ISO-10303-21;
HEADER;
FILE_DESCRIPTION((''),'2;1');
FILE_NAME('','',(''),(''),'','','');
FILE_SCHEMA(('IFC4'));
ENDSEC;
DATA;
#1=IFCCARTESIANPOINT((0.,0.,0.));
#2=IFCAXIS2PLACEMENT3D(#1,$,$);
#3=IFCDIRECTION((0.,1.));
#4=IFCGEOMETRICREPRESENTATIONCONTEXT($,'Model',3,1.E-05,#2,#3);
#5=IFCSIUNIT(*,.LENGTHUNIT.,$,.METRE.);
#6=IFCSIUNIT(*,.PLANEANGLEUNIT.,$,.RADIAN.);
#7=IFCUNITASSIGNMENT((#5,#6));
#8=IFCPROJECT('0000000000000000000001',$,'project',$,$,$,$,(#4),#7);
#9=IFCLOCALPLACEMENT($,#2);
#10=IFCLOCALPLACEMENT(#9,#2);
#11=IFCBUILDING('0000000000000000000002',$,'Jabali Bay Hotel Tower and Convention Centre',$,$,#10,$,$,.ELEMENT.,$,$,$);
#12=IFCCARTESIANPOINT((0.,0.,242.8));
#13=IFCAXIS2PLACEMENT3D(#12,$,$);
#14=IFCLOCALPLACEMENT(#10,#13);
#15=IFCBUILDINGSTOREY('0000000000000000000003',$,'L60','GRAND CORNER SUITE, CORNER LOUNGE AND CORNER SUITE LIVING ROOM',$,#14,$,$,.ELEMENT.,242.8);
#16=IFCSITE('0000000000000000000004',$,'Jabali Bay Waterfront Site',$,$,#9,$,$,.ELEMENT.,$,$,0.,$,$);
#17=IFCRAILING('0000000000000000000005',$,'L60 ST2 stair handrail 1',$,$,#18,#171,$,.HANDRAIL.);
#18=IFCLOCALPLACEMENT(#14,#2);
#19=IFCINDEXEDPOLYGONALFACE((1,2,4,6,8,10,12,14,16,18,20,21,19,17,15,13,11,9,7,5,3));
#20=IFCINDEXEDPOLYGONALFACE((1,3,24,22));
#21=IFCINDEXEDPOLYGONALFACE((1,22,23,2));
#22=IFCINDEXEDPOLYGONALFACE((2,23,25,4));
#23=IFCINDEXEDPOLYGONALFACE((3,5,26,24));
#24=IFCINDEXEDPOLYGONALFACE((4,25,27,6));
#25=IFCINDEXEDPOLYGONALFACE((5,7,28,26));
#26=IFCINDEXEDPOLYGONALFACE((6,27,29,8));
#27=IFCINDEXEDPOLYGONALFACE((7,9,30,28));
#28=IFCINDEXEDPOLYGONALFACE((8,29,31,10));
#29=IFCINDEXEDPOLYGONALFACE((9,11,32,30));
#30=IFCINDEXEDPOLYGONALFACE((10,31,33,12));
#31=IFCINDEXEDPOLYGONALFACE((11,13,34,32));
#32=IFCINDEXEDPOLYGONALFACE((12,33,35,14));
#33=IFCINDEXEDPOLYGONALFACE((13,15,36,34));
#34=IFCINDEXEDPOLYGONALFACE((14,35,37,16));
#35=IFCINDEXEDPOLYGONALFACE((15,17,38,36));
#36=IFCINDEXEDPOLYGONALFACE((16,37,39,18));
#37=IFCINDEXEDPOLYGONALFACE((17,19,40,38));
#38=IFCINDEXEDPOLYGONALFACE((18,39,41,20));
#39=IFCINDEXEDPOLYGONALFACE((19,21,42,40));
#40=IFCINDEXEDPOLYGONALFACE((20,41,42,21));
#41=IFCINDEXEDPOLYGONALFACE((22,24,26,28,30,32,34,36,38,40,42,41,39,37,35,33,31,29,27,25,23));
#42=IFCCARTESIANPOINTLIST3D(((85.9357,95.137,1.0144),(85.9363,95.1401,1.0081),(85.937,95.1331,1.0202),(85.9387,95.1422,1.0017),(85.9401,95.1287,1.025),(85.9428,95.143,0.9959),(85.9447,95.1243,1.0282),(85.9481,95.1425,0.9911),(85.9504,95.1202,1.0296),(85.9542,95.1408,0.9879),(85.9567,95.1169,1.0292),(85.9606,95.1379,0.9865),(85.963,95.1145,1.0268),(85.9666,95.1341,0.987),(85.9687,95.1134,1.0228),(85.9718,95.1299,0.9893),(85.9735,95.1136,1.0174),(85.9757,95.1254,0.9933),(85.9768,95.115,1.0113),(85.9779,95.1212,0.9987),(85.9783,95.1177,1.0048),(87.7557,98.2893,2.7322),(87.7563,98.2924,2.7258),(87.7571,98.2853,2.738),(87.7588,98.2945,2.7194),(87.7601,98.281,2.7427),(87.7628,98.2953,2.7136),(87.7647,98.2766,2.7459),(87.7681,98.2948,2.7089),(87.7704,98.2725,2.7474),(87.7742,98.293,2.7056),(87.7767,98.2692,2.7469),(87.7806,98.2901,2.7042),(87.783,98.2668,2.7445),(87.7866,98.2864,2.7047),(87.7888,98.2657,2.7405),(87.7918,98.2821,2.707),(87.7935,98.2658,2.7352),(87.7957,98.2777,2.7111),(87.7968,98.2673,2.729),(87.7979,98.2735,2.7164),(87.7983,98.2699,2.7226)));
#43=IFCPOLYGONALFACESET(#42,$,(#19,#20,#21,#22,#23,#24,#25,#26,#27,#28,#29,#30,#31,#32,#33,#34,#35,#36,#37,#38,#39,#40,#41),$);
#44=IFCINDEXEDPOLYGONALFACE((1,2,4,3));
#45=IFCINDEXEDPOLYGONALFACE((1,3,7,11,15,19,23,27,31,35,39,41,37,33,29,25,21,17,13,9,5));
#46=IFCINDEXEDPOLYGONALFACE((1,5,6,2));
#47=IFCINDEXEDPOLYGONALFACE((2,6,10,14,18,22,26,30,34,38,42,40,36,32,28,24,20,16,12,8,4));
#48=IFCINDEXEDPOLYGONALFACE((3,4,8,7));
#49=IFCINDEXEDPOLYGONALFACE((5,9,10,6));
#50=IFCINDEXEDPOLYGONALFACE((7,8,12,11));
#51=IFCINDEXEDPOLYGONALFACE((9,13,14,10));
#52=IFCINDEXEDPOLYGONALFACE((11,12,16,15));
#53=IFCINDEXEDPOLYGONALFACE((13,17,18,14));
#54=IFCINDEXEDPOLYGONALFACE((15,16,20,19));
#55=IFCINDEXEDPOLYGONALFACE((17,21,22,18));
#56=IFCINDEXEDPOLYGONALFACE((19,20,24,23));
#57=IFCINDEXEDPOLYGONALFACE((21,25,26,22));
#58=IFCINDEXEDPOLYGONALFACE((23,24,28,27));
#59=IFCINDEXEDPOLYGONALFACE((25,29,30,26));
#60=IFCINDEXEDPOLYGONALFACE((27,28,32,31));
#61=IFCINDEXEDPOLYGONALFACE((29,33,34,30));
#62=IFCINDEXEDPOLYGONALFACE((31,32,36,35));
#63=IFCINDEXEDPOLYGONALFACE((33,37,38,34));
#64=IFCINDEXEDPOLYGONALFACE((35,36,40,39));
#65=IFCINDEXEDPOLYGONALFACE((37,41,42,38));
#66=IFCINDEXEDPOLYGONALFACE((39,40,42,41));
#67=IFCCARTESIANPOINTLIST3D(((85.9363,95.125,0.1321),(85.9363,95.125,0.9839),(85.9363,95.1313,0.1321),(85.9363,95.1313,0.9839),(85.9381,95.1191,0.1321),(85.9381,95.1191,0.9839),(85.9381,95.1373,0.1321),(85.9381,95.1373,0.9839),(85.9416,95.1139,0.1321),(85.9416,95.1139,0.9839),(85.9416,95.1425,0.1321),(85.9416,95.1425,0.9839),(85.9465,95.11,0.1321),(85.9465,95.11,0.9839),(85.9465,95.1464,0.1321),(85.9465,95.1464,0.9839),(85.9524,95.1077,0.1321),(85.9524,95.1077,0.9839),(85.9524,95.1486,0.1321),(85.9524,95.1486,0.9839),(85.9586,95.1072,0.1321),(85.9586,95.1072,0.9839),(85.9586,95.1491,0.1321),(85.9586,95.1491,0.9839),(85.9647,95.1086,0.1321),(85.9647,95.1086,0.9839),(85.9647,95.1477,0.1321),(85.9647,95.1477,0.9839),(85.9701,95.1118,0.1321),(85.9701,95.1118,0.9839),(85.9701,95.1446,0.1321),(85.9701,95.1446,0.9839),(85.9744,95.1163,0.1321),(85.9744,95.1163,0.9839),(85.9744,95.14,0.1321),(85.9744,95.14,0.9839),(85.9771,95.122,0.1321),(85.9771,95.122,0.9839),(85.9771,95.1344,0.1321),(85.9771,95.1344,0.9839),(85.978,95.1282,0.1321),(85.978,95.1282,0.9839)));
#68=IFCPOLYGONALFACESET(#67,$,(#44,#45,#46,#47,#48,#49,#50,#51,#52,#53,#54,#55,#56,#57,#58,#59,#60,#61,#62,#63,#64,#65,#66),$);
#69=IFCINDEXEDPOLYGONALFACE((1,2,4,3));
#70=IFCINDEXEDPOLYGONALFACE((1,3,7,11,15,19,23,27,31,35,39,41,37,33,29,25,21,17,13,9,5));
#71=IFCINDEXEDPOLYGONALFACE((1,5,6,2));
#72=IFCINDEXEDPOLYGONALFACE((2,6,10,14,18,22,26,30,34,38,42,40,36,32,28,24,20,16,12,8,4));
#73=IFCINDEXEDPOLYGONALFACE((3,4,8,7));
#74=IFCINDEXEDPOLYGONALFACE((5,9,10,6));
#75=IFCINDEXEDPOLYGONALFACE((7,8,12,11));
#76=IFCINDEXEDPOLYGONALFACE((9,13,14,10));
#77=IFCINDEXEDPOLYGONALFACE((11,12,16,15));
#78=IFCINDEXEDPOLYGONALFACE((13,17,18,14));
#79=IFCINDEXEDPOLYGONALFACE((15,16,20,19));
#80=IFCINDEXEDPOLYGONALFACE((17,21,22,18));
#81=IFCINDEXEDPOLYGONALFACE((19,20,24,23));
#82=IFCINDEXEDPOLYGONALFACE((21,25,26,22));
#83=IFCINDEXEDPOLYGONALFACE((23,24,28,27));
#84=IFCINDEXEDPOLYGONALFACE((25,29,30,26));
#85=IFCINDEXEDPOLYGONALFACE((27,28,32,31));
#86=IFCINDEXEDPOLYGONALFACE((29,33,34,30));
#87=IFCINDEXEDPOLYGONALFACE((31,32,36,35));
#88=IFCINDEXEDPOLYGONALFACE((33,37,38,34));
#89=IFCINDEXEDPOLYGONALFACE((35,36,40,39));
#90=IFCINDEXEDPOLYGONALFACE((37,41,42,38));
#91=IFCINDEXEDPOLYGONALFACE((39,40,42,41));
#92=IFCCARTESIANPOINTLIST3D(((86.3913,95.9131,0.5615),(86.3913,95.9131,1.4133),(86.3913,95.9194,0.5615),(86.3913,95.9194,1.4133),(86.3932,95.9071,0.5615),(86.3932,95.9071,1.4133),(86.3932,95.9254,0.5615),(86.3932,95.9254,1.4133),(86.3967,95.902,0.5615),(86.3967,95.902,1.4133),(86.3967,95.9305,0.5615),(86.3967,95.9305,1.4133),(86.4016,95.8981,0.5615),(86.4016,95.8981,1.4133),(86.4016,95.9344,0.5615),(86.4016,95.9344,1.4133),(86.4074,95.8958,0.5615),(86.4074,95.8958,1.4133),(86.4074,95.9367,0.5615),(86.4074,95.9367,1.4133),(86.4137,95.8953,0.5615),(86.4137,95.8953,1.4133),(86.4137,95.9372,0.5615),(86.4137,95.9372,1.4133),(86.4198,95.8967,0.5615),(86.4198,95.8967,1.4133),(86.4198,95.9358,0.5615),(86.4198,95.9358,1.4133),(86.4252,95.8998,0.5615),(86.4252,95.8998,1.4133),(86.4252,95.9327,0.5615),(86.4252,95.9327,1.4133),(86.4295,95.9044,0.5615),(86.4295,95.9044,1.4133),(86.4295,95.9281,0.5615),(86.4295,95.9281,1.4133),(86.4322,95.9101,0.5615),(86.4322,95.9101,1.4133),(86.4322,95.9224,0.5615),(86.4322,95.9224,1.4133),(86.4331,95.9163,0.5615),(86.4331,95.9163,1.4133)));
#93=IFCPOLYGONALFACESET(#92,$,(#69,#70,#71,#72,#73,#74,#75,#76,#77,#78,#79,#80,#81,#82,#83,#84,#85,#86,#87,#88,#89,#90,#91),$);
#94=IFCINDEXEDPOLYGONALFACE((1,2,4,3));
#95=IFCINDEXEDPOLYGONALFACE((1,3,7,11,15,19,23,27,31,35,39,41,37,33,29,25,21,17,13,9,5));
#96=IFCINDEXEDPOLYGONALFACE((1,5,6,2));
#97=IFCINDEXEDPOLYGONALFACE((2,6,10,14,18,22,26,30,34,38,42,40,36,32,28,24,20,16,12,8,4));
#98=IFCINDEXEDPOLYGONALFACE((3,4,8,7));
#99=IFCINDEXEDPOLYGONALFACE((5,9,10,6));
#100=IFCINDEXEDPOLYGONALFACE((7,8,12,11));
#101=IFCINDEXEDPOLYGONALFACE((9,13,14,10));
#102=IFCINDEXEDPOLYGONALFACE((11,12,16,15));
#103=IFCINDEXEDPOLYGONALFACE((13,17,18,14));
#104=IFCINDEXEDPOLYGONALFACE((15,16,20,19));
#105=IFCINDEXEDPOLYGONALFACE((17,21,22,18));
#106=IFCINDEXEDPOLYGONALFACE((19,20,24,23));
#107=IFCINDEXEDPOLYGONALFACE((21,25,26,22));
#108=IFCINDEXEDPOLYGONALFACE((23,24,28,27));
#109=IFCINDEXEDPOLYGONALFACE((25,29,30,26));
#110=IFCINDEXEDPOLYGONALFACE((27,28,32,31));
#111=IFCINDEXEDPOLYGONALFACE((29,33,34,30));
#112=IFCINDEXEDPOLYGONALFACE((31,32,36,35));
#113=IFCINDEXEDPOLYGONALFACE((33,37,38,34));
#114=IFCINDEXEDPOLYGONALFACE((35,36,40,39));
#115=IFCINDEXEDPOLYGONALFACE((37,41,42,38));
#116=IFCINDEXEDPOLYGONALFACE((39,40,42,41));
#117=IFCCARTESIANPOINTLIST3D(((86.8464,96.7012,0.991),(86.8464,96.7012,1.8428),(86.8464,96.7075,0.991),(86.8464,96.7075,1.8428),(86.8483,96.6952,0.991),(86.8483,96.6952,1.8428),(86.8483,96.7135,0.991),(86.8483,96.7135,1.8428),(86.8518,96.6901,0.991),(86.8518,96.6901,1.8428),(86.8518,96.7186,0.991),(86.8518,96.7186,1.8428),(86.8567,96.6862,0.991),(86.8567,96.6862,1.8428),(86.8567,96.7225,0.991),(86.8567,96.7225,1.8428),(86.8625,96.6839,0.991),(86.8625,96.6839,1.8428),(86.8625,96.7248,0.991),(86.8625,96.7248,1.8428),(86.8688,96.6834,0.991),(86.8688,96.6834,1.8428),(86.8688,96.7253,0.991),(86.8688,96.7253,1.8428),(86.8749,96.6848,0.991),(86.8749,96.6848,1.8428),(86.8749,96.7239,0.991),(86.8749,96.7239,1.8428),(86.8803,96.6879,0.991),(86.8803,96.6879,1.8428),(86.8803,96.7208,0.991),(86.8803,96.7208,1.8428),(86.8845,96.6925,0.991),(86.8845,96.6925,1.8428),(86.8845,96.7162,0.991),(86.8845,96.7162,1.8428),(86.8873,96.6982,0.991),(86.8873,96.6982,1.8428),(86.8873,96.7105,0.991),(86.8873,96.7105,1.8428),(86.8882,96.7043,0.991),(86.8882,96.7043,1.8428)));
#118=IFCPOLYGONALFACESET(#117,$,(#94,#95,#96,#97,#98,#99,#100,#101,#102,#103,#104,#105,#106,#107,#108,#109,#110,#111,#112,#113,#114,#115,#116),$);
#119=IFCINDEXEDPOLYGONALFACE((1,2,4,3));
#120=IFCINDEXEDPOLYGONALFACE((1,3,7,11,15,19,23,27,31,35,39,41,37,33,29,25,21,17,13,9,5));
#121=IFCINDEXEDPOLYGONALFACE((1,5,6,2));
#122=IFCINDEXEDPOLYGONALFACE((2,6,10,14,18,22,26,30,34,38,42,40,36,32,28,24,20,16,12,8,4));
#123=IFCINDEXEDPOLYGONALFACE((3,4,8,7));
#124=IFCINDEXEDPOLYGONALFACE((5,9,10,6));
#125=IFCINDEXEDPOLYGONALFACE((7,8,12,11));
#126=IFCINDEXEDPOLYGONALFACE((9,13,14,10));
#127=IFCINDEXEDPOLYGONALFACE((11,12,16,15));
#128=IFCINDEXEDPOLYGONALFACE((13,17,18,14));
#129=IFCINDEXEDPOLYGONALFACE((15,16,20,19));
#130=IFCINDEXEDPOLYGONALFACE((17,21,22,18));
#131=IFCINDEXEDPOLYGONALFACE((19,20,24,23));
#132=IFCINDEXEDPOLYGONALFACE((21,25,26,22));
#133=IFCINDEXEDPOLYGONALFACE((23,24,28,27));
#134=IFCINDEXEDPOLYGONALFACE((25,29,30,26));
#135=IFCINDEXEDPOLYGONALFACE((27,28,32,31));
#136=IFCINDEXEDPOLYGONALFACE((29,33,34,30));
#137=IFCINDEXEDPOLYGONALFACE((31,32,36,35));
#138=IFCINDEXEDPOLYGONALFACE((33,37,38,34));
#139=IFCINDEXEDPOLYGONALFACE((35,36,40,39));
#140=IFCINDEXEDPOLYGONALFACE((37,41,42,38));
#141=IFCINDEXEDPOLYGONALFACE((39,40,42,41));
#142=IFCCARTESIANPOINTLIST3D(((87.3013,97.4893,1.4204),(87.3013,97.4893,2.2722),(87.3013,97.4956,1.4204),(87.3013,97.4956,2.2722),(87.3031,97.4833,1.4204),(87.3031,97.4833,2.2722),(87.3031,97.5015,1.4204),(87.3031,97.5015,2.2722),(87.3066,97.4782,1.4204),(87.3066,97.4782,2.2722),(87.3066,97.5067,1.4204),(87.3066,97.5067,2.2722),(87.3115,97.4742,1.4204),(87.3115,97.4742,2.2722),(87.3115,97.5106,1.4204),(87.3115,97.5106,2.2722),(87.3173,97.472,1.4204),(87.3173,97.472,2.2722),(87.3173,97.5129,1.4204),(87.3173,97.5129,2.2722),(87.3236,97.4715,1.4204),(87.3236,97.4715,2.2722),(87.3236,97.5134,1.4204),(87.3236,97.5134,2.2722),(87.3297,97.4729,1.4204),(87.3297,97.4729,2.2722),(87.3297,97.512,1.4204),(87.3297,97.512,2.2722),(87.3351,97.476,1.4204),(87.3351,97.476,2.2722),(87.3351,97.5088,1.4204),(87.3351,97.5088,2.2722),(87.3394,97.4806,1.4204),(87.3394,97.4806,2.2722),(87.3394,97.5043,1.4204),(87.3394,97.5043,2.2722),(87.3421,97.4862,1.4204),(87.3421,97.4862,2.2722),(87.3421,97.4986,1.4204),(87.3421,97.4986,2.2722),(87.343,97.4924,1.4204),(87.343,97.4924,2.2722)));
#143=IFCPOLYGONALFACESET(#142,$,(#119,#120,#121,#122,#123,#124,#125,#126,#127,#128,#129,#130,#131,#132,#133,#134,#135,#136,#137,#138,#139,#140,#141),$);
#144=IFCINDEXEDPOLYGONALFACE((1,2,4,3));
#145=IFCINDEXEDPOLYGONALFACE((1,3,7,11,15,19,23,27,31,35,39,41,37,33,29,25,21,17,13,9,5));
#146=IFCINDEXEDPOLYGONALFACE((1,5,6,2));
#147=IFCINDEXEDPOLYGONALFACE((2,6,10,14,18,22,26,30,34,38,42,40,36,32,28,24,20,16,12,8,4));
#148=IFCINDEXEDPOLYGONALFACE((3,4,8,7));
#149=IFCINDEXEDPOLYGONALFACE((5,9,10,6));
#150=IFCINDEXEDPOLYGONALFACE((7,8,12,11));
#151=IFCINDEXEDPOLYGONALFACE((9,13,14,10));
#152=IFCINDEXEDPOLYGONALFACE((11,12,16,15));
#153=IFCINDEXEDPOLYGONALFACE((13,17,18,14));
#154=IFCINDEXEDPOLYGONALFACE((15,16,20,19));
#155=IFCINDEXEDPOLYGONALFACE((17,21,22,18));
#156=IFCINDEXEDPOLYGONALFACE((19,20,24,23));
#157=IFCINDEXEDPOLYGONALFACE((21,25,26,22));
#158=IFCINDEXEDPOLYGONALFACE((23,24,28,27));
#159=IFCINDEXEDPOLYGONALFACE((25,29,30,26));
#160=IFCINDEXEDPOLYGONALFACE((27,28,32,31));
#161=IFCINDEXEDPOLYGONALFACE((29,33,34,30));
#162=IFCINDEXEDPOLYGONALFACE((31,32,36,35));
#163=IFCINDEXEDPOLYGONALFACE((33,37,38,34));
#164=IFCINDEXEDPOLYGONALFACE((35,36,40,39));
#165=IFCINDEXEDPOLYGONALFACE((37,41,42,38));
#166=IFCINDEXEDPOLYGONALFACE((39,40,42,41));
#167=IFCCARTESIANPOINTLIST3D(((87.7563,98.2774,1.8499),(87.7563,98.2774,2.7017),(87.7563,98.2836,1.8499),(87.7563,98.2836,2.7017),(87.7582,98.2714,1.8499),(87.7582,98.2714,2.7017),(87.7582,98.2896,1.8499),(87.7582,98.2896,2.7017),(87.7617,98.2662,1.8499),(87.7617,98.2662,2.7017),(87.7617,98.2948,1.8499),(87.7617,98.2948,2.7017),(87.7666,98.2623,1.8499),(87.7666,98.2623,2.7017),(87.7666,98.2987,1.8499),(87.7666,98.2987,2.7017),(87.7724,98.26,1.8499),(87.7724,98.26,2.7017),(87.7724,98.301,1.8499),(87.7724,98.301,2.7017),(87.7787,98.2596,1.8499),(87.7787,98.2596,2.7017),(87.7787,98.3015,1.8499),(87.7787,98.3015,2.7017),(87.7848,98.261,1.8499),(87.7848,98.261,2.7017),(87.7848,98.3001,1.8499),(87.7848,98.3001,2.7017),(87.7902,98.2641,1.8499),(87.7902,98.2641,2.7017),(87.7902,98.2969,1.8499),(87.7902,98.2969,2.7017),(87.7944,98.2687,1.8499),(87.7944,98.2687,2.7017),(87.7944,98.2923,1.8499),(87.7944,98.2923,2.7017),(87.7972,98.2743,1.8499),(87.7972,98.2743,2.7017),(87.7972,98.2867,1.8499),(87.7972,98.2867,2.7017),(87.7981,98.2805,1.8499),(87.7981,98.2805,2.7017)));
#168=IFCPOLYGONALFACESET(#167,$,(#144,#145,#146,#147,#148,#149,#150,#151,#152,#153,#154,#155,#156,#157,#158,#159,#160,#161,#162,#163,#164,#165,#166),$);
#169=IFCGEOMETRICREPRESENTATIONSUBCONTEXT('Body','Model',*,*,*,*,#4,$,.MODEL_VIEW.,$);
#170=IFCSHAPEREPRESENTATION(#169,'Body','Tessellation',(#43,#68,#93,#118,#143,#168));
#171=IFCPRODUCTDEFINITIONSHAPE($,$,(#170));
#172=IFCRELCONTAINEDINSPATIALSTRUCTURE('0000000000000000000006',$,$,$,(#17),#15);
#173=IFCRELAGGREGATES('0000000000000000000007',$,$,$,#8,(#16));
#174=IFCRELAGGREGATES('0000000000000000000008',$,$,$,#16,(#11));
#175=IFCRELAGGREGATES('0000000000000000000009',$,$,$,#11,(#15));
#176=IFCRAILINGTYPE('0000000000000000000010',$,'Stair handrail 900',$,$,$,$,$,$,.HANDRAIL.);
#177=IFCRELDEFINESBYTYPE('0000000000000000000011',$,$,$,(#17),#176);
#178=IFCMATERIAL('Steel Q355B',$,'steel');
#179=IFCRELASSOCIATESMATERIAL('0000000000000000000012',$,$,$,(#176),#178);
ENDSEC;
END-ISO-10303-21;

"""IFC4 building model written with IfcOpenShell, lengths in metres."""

from ifc_helpers import new_model, si_unit, direction, frame, origin, origin_2d, place, context, subcontext, project, spatial, circle, extrude, material, type_object, element, save


model = new_model("IFC4")

# Units and contexts
model_context = context("Model", 3, precision=1e-05, world=origin(), true_north=direction((0.0, 1.0)))
body_context = subcontext(model_context, "Body", "Model", "MODEL_VIEW")
ifc_project = project(units=[si_unit("LENGTHUNIT", "METRE"), si_unit("PLANEANGLEUNIT", "RADIAN")], contexts=[model_context])

# Site, building, storey
site_placement = place(None, origin())
site = spatial("IfcSite", under=ifc_project, at=site_placement, Name="Jabali Bay Waterfront Site", CompositionType="ELEMENT", RefElevation=0.0)
building_placement = place(site_placement, origin())
building = spatial("IfcBuilding", under=site, at=building_placement, Name="Jabali Bay Hotel Tower and Convention Centre", CompositionType="ELEMENT")
storey_placement = place(building_placement, frame((0.0, 0.0, 242.8)))
storey = spatial("IfcBuildingStorey", under=building, at=storey_placement, Name="L60", Description="GRAND CORNER SUITE, CORNER LOUNGE AND CORNER SUITE LIVING ROOM", CompositionType="ELEMENT", Elevation=242.8)

# Railing
ifc_material_1 = material(Name="Steel Q355B", Category="steel")
railing_type_1 = type_object("IfcRailingType", Name="Stair handrail 900", PredefinedType="HANDRAIL", material=ifc_material_1)
railing_1_placement = place(storey_placement, frame((85.957, 95.1282, 0.1321)))
element("IfcRailing", 1, at=railing_1_placement, inside=storey, type_object=railing_type_1, Name="L60 ST2 stair handrail 1", PredefinedType="HANDRAIL", context=body_context, shape_type="SweptSolid", body=[
    extrude(circle(Radius=0.0239, at=origin_2d()), frame((0.0, 0.0, 0.876), z_axis=(0.45219, 0.78319, 0.426775), x_axis=(-0.866018, 0.500013, 0.0)), (0.0, 0.0, 1.0), 4.0249),
    extrude(circle(Radius=0.021, at=origin_2d()), origin(), (0.0, 0.0, 1.0), 0.8518),
    extrude(circle(Radius=0.021, at=origin_2d()), frame((0.4551, 0.7881, 0.4294)), (0.0, 0.0, 1.0), 0.8518),
    extrude(circle(Radius=0.021, at=origin_2d()), frame((0.9102, 1.5762, 0.8589)), (0.0, 0.0, 1.0), 0.8518),
    extrude(circle(Radius=0.021, at=origin_2d()), frame((1.365, 2.3643, 1.2883)), (0.0, 0.0, 1.0), 0.8518),
    extrude(circle(Radius=0.021, at=origin_2d()), frame((1.8201, 3.1523, 1.7178)), (0.0, 0.0, 1.0), 0.8518),
])

save(model, "model.ifc")
